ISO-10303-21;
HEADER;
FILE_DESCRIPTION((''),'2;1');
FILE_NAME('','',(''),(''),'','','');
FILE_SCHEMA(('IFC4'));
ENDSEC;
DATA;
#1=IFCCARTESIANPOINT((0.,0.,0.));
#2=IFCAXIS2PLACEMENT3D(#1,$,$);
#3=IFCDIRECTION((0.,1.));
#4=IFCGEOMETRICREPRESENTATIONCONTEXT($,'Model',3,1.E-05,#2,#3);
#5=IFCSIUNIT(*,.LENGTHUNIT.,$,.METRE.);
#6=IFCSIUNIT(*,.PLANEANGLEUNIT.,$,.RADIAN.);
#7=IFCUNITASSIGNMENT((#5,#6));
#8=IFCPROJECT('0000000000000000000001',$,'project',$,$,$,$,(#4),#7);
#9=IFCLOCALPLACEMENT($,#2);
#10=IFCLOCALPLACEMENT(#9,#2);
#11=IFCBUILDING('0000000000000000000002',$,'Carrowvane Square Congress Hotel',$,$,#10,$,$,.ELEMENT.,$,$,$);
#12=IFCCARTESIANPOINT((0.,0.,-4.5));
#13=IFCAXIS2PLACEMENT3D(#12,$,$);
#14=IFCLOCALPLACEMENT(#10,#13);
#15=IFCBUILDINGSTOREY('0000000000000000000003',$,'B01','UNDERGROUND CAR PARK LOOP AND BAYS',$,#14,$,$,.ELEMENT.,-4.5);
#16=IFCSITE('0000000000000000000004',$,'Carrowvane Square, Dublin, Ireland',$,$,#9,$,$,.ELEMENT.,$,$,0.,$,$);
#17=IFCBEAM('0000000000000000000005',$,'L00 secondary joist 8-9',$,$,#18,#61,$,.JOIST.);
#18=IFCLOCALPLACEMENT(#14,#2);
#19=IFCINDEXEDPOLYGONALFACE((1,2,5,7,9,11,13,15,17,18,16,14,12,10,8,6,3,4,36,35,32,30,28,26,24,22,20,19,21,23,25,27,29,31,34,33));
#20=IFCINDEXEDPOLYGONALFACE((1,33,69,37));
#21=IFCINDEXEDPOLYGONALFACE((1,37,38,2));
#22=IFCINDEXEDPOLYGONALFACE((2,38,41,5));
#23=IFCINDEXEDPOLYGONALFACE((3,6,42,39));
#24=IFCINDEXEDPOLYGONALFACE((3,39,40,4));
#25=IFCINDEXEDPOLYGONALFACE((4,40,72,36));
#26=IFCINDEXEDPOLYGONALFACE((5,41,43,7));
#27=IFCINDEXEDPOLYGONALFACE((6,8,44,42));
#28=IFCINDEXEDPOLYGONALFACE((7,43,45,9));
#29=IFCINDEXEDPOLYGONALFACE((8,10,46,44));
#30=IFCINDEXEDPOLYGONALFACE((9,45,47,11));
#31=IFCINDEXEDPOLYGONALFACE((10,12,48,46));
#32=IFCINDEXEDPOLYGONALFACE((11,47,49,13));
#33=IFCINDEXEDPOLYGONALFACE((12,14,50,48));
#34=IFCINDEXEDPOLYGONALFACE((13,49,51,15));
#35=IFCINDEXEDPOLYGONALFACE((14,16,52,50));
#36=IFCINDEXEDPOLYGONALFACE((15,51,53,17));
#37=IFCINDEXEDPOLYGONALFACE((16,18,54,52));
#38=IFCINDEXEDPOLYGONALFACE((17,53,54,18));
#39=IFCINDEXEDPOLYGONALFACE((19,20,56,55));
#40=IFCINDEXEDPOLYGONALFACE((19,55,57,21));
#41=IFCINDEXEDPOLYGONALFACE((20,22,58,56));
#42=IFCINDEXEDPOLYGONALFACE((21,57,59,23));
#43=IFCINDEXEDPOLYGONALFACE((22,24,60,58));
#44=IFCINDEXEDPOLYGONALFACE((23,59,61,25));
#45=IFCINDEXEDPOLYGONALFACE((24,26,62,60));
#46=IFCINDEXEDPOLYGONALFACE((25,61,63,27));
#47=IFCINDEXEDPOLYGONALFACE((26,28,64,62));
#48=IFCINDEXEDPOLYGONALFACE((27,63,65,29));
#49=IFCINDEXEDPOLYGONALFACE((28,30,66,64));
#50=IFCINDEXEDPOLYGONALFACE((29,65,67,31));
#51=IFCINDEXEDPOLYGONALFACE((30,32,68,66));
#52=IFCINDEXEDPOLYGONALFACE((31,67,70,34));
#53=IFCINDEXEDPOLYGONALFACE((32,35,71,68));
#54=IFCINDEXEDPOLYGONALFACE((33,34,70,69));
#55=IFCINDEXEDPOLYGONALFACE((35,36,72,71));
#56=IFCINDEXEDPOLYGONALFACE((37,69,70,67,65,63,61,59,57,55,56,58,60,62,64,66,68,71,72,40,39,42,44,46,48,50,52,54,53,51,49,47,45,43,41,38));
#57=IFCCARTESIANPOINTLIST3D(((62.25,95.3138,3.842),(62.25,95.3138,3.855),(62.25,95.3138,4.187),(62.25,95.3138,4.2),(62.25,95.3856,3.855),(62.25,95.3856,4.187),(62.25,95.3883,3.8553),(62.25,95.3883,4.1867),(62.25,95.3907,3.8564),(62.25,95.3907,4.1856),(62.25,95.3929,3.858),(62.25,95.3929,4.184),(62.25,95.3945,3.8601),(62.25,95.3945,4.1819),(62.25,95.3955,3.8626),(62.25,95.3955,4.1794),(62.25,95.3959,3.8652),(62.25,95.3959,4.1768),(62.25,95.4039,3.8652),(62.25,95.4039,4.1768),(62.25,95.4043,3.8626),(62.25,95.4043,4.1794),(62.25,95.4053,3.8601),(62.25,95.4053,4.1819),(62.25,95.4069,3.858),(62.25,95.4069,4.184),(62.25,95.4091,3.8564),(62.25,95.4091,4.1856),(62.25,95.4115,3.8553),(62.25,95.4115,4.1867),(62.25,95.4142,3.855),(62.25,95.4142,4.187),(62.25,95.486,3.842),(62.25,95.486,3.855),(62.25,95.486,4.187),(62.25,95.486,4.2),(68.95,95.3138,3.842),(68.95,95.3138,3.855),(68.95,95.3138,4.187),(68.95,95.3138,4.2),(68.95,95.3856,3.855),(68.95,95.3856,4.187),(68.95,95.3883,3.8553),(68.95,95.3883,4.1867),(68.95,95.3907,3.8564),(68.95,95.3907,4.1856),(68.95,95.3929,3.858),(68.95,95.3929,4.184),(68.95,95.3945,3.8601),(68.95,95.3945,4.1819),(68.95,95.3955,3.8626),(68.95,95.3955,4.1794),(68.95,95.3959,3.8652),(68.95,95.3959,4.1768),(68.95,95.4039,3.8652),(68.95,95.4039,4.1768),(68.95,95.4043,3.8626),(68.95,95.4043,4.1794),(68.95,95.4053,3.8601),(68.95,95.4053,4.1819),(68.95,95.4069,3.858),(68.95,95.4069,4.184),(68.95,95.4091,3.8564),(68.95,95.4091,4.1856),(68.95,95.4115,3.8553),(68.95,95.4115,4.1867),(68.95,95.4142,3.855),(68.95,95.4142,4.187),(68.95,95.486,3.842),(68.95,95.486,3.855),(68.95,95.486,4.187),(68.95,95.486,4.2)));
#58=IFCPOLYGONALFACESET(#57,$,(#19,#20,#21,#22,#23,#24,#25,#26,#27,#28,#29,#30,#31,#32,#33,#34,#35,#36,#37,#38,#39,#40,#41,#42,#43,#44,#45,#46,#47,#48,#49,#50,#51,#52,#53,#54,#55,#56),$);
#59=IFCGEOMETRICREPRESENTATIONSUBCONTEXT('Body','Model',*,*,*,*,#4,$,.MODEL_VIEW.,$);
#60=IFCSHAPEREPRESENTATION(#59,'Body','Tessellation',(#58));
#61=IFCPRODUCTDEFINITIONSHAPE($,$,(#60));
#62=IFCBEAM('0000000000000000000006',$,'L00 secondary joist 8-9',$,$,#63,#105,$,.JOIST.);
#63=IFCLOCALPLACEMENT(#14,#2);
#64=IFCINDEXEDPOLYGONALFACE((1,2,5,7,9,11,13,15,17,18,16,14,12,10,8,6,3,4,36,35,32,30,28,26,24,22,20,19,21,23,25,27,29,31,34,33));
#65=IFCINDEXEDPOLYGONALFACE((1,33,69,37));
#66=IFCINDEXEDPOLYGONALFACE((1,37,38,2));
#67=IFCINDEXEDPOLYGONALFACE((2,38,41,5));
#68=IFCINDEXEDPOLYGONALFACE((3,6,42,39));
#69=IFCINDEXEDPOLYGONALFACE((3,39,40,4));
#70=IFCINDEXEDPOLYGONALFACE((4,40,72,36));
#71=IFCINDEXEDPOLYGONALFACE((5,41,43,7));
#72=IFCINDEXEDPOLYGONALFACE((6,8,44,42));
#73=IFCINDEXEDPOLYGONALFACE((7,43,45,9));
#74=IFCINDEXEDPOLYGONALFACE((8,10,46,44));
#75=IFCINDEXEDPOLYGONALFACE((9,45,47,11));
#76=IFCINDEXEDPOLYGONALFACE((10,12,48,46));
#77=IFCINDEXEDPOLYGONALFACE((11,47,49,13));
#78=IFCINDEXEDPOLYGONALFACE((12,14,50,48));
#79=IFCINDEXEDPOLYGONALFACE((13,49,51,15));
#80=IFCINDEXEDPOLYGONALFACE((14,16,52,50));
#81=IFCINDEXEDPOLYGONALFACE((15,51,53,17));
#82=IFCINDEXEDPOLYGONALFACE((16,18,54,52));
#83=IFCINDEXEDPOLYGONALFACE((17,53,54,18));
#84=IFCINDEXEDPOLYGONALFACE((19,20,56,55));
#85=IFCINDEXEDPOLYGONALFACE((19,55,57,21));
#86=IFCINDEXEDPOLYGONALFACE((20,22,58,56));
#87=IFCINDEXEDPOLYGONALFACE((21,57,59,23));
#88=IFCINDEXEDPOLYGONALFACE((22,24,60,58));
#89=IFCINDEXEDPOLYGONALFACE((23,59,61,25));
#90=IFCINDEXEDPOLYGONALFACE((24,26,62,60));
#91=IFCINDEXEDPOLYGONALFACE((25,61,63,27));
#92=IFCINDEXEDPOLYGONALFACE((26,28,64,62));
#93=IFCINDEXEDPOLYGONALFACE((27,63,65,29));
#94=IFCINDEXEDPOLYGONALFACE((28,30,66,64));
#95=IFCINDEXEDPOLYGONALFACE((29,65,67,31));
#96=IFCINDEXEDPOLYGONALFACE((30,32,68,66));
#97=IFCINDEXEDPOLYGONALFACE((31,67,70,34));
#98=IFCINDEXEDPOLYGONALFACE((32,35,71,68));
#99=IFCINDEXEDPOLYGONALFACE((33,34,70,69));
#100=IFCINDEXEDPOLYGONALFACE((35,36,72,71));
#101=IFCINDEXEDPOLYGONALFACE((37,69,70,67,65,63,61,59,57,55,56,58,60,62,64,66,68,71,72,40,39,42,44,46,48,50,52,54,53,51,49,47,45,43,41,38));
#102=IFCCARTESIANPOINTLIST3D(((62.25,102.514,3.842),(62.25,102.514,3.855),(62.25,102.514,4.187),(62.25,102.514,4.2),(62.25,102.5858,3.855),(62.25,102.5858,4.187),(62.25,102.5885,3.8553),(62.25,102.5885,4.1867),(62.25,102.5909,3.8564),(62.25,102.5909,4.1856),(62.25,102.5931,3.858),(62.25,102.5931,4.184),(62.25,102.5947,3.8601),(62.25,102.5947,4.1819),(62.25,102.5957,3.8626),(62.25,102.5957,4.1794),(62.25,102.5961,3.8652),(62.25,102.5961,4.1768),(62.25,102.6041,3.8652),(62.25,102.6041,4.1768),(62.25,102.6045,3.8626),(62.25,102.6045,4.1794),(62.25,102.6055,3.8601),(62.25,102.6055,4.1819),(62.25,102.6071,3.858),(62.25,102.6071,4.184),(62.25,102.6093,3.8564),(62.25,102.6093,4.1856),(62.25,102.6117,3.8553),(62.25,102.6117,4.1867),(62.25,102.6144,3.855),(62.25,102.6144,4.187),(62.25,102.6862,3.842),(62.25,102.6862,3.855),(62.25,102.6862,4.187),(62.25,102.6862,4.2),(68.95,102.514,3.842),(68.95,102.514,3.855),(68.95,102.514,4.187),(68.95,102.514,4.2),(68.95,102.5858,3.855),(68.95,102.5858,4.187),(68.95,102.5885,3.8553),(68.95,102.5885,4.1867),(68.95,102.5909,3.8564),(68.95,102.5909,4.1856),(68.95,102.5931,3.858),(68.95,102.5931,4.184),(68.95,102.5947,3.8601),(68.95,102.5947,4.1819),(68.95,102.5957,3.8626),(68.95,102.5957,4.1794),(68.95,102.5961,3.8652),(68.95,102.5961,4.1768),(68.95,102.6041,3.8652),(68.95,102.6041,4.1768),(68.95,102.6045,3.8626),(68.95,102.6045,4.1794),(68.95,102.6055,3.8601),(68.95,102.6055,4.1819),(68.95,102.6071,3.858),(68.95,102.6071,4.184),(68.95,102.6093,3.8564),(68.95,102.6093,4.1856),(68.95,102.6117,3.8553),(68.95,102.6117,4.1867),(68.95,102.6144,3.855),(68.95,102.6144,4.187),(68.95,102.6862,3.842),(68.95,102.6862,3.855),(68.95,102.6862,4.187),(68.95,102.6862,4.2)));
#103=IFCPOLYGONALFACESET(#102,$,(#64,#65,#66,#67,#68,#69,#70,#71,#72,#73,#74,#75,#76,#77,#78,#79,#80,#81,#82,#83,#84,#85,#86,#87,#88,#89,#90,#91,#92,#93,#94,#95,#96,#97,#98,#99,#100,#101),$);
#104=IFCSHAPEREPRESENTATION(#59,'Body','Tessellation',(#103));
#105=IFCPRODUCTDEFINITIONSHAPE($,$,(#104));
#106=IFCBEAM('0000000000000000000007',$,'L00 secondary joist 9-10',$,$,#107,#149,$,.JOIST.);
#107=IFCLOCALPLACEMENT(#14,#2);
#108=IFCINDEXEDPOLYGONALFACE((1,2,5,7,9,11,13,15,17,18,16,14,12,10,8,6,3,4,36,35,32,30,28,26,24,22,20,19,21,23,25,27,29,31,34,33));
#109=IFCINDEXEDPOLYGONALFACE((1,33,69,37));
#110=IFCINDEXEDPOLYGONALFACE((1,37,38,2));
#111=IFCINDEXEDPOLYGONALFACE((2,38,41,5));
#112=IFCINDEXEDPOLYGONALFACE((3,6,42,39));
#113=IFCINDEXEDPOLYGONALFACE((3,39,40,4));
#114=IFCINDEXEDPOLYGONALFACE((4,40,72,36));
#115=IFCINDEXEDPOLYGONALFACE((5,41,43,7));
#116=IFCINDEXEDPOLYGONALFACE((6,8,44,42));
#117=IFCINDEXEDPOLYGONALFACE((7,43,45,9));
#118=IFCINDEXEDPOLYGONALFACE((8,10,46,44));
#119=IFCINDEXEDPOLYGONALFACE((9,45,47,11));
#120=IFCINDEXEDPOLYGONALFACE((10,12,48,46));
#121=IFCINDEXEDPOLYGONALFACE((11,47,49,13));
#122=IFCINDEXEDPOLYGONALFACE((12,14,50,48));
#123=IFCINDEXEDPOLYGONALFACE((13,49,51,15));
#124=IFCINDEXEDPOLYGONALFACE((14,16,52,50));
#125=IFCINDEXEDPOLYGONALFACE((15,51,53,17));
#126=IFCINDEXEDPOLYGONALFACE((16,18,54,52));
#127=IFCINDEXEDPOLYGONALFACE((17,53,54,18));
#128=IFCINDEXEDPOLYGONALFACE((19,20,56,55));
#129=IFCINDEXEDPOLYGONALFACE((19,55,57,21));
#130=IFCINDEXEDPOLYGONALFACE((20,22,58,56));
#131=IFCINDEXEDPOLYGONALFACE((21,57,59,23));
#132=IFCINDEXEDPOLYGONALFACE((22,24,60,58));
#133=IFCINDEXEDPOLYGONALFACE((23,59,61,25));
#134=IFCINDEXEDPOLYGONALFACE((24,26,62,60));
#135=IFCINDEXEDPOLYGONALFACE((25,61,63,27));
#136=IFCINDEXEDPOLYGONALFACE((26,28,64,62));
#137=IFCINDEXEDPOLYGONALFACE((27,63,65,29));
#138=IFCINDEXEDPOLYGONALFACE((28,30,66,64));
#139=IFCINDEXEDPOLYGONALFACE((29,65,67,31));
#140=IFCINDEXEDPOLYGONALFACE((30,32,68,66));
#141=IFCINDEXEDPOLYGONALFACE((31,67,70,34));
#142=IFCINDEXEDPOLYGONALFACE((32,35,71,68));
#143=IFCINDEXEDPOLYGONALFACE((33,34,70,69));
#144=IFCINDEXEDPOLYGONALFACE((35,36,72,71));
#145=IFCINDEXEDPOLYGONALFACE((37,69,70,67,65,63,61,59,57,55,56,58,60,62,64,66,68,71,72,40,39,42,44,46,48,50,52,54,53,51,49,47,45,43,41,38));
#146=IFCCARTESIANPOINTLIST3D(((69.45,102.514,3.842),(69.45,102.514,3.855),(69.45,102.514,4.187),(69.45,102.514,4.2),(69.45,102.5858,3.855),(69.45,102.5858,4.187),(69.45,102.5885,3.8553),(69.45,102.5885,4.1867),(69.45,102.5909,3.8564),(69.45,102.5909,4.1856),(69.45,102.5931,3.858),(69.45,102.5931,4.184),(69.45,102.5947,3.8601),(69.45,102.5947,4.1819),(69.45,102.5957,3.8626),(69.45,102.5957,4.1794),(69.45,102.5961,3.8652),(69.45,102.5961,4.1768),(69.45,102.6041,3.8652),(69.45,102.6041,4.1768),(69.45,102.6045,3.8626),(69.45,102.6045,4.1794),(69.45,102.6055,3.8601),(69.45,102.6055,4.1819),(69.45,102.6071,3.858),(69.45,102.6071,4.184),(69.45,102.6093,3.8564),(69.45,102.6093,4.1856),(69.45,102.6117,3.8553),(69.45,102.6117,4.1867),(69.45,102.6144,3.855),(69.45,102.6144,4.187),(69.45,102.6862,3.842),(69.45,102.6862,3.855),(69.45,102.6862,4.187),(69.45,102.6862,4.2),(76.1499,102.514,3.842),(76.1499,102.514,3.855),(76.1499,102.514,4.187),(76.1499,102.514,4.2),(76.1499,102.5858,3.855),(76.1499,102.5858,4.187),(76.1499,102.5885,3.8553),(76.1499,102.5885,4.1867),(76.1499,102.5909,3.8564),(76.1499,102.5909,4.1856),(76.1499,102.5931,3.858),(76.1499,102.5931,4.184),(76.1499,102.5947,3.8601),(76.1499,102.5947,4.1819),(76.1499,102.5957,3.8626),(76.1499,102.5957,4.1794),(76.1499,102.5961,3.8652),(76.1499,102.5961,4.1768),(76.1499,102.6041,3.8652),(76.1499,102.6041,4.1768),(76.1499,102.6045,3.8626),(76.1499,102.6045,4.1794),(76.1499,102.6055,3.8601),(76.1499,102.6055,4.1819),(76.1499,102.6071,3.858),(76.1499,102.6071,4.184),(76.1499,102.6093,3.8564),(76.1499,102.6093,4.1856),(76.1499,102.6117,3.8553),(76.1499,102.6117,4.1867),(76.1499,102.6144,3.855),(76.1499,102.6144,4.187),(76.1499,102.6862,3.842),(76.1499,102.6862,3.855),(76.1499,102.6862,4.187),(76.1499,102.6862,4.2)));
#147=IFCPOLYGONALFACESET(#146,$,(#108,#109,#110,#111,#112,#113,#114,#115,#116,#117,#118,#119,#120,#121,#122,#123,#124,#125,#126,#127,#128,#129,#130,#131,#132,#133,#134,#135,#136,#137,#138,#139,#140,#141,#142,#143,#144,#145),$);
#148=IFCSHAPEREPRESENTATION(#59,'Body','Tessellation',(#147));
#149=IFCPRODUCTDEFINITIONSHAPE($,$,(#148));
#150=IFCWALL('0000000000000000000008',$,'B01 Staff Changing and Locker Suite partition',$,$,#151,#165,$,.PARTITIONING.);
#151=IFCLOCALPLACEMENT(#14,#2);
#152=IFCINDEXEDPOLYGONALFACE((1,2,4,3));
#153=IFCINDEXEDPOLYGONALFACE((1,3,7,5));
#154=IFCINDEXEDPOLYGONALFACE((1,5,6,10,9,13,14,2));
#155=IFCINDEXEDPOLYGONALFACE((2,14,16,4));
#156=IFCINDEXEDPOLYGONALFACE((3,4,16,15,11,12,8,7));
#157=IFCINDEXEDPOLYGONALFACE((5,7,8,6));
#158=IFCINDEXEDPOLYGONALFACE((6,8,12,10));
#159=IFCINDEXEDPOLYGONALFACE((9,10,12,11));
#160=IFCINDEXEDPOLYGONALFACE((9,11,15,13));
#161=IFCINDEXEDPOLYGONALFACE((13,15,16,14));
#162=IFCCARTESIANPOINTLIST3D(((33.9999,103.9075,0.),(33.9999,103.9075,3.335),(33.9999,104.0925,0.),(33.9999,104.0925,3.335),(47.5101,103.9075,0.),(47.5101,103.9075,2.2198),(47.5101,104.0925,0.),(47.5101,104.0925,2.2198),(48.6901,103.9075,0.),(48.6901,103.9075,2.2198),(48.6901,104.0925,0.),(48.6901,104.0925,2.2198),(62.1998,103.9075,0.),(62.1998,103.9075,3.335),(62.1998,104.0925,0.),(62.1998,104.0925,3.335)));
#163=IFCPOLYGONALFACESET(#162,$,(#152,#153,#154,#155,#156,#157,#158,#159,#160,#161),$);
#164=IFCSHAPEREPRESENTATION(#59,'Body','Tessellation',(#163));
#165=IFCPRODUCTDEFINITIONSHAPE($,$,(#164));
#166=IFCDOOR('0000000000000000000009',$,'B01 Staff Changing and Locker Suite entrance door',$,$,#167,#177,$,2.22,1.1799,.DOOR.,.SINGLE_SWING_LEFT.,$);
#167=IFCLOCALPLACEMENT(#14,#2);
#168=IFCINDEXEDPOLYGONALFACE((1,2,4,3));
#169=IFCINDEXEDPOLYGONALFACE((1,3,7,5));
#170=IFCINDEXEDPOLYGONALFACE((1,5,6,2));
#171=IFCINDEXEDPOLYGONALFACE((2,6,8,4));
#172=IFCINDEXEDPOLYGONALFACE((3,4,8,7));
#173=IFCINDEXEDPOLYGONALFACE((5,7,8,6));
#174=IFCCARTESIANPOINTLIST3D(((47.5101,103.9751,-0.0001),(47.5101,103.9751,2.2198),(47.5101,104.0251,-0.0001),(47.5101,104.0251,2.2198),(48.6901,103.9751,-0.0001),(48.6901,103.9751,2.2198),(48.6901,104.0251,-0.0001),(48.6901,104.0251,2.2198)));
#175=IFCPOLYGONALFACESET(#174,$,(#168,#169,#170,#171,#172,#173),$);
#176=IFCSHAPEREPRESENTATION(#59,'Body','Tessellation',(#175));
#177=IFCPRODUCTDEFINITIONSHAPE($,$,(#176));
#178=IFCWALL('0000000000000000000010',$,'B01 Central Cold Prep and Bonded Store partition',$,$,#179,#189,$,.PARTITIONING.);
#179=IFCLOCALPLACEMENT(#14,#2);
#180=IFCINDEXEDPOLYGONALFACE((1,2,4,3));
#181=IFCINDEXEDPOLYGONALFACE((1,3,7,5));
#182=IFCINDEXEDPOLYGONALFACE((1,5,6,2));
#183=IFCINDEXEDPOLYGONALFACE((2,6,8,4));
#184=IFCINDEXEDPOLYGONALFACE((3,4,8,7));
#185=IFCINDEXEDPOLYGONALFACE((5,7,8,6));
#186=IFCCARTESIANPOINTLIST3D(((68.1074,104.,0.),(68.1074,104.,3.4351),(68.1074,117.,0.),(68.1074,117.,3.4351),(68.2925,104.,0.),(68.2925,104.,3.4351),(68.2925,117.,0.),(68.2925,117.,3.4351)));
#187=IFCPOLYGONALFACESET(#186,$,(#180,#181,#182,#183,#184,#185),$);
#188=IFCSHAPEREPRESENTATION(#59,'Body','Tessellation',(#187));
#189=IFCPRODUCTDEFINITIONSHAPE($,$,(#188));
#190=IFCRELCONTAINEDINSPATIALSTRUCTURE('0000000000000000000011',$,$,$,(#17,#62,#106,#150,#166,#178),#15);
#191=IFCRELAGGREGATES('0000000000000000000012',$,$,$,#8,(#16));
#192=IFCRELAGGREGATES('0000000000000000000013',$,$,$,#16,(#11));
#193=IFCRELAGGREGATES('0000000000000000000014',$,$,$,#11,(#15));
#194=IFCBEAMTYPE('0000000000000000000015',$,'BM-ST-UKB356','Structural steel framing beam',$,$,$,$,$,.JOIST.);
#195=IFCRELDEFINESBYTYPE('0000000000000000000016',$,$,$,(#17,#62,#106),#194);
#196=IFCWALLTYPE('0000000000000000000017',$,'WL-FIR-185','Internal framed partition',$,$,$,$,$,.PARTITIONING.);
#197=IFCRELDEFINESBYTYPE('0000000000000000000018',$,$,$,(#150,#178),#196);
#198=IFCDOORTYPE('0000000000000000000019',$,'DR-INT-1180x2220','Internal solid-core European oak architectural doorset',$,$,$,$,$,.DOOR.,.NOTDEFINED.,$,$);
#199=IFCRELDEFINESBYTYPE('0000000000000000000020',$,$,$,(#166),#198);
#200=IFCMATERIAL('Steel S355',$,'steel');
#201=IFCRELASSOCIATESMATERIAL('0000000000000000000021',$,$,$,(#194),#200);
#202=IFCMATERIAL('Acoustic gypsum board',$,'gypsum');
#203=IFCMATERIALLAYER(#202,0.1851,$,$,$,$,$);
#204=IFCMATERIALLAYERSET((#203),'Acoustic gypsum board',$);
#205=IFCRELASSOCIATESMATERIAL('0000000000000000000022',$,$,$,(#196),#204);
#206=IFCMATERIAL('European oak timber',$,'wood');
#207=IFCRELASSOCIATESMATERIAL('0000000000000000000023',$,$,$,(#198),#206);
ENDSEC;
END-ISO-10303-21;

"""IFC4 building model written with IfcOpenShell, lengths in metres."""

from ifc_helpers import new_model, si_unit, direction, frame, frame_2d, origin, origin_2d, place, context, subcontext, project, spatial, rectangle, i_section, extrude, material, layer, layer_set, material_profile, profile_set, type_object, element, fill, save


model = new_model("IFC4")

# Units and contexts
model_context = context("Model", 3, precision=1e-05, world=origin(), true_north=direction((0.0, 1.0)))
body_context = subcontext(model_context, "Body", "Model", "MODEL_VIEW")
ifc_project = project(units=[si_unit("LENGTHUNIT", "METRE"), si_unit("PLANEANGLEUNIT", "RADIAN")], contexts=[model_context])

# Site, building, storey
site_placement = place(None, origin())
site = spatial("IfcSite", under=ifc_project, at=site_placement, Name="Carrowvane Square, Dublin, Ireland", CompositionType="ELEMENT", RefElevation=0.0)
building_placement = place(site_placement, origin())
building = spatial("IfcBuilding", under=site, at=building_placement, Name="Carrowvane Square Congress Hotel", CompositionType="ELEMENT")
storey_placement = place(building_placement, frame((0.0, 0.0, -4.5)))
storey = spatial("IfcBuildingStorey", under=building, at=storey_placement, Name="B01", Description="UNDERGROUND CAR PARK LOOP AND BAYS", CompositionType="ELEMENT", Elevation=-4.5)

# Beams
ifc_material_1 = material(Name="Steel S355", Category="steel")
ifc_material_profile_1 = material_profile(ifc_material_1, i_section(OverallWidth=0.1721, OverallDepth=0.3579, WebThickness=0.0081, FlangeThickness=0.0129, FilletRadius=0.0103, at=origin_2d()), Name="UKB 356x171x57")
ifc_profile_set_1 = profile_set([ifc_material_profile_1], Name="Steel S355")
beam_type_1 = type_object("IfcBeamType", Name="BM-ST-UKB356", Description="Structural steel framing beam", PredefinedType="JOIST", material=ifc_profile_set_1)
for number, where, z_axis, x_axis, name in (
    (1, (62.25, 95.3999, 4.021), (1.0, 0.0, 0.0), (0.0, 1.0, 0.0), "L00 secondary joist 8-9"),
    (2, (62.25, 102.6001, 4.021), (1.0, 0.0, 0.0), (0.0, 1.0, 0.0), "L00 secondary joist 8-9"),
    (3, (69.45, 102.6001, 4.021), (1.0, 0.0, 0.0), (0.0, 1.0, 0.0), "L00 secondary joist 9-10"),
):
    element("IfcBeam", number, at=place(storey_placement, frame(where, z_axis=z_axis, x_axis=x_axis)), inside=storey, type_object=beam_type_1, Name=name, PredefinedType="JOIST", context=body_context, shape_type="SweptSolid", body=[
        extrude(i_section(OverallWidth=0.1721, OverallDepth=0.3579, WebThickness=0.0081, FlangeThickness=0.0129, FilletRadius=0.0103, at=origin_2d()), origin(), (0.0, 0.0, 1.0), 6.7),
    ])

# Wall, opening, door
ifc_material_2 = material(Name="Acoustic gypsum board", Category="gypsum")
ifc_layer_1 = layer(ifc_material_2, 0.1851)
ifc_layer_set_1 = layer_set([ifc_layer_1], Name="Acoustic gypsum board")
wall_type_1 = type_object("IfcWallType", Name="WL-FIR-185", Description="Internal framed partition", PredefinedType="PARTITIONING", material=ifc_layer_set_1)
wall_1_placement = place(storey_placement, frame((62.2, 104.0, 0.0), z_axis=(0.0, 0.0, 1.0), x_axis=(-1.0, 0.0, 0.0)))
wall_1 = element("IfcWall", 4, at=wall_1_placement, inside=storey, type_object=wall_type_1, Name="B01 Staff Changing and Locker Suite partition", PredefinedType="PARTITIONING", context=body_context, shape_type="SweptSolid", body=[
    extrude(rectangle(XDim=28.2, YDim=0.1851, at=frame_2d((14.1001, 0.0))), origin(), (0.0, 0.0, 1.0), 3.335),
])
opening_1_placement = place(wall_1_placement, frame((13.51, 0.0, 0.0)))
opening_1 = element("IfcOpeningElement", 5, at=opening_1_placement, cuts=wall_1, PredefinedType="OPENING", context=body_context, shape_type="SweptSolid", body=[
    extrude(rectangle(XDim=1.1799, YDim=2.22, at=frame_2d((0.5898, 1.1099))), frame((0.0, 0.1025, 0.0), z_axis=(0.0, -1.0, 0.0), x_axis=(1.0, 0.0, 0.0)), (0.0, 0.0, 1.0), 0.2051),
])
ifc_material_3 = material(Name="European oak timber", Category="wood")
door_type_1 = type_object("IfcDoorType", Name="DR-INT-1180x2220", Description="Internal solid-core European oak architectural doorset", OperationType="NOTDEFINED", PredefinedType="DOOR", material=ifc_material_3)
door_1_placement = place(opening_1_placement, origin())
door_1 = element("IfcDoor", 6, at=door_1_placement, inside=storey, type_object=door_type_1, Name="B01 Staff Changing and Locker Suite entrance door", OperationType="SINGLE_SWING_LEFT", OverallHeight=2.22, OverallWidth=1.1799, PredefinedType="DOOR", context=body_context, shape_type="SweptSolid", body=[
    extrude(rectangle(XDim=1.1799, YDim=2.22, at=frame_2d((0.5898, 1.1099))), frame((0.0, 0.0249, 0.0), z_axis=(0.0, -1.0, 0.0), x_axis=(1.0, 0.0, 0.0)), (0.0, 0.0, 1.0), 0.05),
])
fill(opening_1, door_1)

# Wall
wall_2_placement = place(storey_placement, frame((68.2, 104.0, 0.0), z_axis=(0.0, 0.0, 1.0), x_axis=(0.0, 1.0, 0.0)))
element("IfcWall", 7, at=wall_2_placement, inside=storey, type_object=wall_type_1, Name="B01 Central Cold Prep and Bonded Store partition", PredefinedType="PARTITIONING", context=body_context, shape_type="SweptSolid", body=[
    extrude(rectangle(XDim=13.0, YDim=0.1851, at=frame_2d((6.5, 0.0))), origin(), (0.0, 0.0, 1.0), 3.4351),
])

save(model, "model.ifc")
